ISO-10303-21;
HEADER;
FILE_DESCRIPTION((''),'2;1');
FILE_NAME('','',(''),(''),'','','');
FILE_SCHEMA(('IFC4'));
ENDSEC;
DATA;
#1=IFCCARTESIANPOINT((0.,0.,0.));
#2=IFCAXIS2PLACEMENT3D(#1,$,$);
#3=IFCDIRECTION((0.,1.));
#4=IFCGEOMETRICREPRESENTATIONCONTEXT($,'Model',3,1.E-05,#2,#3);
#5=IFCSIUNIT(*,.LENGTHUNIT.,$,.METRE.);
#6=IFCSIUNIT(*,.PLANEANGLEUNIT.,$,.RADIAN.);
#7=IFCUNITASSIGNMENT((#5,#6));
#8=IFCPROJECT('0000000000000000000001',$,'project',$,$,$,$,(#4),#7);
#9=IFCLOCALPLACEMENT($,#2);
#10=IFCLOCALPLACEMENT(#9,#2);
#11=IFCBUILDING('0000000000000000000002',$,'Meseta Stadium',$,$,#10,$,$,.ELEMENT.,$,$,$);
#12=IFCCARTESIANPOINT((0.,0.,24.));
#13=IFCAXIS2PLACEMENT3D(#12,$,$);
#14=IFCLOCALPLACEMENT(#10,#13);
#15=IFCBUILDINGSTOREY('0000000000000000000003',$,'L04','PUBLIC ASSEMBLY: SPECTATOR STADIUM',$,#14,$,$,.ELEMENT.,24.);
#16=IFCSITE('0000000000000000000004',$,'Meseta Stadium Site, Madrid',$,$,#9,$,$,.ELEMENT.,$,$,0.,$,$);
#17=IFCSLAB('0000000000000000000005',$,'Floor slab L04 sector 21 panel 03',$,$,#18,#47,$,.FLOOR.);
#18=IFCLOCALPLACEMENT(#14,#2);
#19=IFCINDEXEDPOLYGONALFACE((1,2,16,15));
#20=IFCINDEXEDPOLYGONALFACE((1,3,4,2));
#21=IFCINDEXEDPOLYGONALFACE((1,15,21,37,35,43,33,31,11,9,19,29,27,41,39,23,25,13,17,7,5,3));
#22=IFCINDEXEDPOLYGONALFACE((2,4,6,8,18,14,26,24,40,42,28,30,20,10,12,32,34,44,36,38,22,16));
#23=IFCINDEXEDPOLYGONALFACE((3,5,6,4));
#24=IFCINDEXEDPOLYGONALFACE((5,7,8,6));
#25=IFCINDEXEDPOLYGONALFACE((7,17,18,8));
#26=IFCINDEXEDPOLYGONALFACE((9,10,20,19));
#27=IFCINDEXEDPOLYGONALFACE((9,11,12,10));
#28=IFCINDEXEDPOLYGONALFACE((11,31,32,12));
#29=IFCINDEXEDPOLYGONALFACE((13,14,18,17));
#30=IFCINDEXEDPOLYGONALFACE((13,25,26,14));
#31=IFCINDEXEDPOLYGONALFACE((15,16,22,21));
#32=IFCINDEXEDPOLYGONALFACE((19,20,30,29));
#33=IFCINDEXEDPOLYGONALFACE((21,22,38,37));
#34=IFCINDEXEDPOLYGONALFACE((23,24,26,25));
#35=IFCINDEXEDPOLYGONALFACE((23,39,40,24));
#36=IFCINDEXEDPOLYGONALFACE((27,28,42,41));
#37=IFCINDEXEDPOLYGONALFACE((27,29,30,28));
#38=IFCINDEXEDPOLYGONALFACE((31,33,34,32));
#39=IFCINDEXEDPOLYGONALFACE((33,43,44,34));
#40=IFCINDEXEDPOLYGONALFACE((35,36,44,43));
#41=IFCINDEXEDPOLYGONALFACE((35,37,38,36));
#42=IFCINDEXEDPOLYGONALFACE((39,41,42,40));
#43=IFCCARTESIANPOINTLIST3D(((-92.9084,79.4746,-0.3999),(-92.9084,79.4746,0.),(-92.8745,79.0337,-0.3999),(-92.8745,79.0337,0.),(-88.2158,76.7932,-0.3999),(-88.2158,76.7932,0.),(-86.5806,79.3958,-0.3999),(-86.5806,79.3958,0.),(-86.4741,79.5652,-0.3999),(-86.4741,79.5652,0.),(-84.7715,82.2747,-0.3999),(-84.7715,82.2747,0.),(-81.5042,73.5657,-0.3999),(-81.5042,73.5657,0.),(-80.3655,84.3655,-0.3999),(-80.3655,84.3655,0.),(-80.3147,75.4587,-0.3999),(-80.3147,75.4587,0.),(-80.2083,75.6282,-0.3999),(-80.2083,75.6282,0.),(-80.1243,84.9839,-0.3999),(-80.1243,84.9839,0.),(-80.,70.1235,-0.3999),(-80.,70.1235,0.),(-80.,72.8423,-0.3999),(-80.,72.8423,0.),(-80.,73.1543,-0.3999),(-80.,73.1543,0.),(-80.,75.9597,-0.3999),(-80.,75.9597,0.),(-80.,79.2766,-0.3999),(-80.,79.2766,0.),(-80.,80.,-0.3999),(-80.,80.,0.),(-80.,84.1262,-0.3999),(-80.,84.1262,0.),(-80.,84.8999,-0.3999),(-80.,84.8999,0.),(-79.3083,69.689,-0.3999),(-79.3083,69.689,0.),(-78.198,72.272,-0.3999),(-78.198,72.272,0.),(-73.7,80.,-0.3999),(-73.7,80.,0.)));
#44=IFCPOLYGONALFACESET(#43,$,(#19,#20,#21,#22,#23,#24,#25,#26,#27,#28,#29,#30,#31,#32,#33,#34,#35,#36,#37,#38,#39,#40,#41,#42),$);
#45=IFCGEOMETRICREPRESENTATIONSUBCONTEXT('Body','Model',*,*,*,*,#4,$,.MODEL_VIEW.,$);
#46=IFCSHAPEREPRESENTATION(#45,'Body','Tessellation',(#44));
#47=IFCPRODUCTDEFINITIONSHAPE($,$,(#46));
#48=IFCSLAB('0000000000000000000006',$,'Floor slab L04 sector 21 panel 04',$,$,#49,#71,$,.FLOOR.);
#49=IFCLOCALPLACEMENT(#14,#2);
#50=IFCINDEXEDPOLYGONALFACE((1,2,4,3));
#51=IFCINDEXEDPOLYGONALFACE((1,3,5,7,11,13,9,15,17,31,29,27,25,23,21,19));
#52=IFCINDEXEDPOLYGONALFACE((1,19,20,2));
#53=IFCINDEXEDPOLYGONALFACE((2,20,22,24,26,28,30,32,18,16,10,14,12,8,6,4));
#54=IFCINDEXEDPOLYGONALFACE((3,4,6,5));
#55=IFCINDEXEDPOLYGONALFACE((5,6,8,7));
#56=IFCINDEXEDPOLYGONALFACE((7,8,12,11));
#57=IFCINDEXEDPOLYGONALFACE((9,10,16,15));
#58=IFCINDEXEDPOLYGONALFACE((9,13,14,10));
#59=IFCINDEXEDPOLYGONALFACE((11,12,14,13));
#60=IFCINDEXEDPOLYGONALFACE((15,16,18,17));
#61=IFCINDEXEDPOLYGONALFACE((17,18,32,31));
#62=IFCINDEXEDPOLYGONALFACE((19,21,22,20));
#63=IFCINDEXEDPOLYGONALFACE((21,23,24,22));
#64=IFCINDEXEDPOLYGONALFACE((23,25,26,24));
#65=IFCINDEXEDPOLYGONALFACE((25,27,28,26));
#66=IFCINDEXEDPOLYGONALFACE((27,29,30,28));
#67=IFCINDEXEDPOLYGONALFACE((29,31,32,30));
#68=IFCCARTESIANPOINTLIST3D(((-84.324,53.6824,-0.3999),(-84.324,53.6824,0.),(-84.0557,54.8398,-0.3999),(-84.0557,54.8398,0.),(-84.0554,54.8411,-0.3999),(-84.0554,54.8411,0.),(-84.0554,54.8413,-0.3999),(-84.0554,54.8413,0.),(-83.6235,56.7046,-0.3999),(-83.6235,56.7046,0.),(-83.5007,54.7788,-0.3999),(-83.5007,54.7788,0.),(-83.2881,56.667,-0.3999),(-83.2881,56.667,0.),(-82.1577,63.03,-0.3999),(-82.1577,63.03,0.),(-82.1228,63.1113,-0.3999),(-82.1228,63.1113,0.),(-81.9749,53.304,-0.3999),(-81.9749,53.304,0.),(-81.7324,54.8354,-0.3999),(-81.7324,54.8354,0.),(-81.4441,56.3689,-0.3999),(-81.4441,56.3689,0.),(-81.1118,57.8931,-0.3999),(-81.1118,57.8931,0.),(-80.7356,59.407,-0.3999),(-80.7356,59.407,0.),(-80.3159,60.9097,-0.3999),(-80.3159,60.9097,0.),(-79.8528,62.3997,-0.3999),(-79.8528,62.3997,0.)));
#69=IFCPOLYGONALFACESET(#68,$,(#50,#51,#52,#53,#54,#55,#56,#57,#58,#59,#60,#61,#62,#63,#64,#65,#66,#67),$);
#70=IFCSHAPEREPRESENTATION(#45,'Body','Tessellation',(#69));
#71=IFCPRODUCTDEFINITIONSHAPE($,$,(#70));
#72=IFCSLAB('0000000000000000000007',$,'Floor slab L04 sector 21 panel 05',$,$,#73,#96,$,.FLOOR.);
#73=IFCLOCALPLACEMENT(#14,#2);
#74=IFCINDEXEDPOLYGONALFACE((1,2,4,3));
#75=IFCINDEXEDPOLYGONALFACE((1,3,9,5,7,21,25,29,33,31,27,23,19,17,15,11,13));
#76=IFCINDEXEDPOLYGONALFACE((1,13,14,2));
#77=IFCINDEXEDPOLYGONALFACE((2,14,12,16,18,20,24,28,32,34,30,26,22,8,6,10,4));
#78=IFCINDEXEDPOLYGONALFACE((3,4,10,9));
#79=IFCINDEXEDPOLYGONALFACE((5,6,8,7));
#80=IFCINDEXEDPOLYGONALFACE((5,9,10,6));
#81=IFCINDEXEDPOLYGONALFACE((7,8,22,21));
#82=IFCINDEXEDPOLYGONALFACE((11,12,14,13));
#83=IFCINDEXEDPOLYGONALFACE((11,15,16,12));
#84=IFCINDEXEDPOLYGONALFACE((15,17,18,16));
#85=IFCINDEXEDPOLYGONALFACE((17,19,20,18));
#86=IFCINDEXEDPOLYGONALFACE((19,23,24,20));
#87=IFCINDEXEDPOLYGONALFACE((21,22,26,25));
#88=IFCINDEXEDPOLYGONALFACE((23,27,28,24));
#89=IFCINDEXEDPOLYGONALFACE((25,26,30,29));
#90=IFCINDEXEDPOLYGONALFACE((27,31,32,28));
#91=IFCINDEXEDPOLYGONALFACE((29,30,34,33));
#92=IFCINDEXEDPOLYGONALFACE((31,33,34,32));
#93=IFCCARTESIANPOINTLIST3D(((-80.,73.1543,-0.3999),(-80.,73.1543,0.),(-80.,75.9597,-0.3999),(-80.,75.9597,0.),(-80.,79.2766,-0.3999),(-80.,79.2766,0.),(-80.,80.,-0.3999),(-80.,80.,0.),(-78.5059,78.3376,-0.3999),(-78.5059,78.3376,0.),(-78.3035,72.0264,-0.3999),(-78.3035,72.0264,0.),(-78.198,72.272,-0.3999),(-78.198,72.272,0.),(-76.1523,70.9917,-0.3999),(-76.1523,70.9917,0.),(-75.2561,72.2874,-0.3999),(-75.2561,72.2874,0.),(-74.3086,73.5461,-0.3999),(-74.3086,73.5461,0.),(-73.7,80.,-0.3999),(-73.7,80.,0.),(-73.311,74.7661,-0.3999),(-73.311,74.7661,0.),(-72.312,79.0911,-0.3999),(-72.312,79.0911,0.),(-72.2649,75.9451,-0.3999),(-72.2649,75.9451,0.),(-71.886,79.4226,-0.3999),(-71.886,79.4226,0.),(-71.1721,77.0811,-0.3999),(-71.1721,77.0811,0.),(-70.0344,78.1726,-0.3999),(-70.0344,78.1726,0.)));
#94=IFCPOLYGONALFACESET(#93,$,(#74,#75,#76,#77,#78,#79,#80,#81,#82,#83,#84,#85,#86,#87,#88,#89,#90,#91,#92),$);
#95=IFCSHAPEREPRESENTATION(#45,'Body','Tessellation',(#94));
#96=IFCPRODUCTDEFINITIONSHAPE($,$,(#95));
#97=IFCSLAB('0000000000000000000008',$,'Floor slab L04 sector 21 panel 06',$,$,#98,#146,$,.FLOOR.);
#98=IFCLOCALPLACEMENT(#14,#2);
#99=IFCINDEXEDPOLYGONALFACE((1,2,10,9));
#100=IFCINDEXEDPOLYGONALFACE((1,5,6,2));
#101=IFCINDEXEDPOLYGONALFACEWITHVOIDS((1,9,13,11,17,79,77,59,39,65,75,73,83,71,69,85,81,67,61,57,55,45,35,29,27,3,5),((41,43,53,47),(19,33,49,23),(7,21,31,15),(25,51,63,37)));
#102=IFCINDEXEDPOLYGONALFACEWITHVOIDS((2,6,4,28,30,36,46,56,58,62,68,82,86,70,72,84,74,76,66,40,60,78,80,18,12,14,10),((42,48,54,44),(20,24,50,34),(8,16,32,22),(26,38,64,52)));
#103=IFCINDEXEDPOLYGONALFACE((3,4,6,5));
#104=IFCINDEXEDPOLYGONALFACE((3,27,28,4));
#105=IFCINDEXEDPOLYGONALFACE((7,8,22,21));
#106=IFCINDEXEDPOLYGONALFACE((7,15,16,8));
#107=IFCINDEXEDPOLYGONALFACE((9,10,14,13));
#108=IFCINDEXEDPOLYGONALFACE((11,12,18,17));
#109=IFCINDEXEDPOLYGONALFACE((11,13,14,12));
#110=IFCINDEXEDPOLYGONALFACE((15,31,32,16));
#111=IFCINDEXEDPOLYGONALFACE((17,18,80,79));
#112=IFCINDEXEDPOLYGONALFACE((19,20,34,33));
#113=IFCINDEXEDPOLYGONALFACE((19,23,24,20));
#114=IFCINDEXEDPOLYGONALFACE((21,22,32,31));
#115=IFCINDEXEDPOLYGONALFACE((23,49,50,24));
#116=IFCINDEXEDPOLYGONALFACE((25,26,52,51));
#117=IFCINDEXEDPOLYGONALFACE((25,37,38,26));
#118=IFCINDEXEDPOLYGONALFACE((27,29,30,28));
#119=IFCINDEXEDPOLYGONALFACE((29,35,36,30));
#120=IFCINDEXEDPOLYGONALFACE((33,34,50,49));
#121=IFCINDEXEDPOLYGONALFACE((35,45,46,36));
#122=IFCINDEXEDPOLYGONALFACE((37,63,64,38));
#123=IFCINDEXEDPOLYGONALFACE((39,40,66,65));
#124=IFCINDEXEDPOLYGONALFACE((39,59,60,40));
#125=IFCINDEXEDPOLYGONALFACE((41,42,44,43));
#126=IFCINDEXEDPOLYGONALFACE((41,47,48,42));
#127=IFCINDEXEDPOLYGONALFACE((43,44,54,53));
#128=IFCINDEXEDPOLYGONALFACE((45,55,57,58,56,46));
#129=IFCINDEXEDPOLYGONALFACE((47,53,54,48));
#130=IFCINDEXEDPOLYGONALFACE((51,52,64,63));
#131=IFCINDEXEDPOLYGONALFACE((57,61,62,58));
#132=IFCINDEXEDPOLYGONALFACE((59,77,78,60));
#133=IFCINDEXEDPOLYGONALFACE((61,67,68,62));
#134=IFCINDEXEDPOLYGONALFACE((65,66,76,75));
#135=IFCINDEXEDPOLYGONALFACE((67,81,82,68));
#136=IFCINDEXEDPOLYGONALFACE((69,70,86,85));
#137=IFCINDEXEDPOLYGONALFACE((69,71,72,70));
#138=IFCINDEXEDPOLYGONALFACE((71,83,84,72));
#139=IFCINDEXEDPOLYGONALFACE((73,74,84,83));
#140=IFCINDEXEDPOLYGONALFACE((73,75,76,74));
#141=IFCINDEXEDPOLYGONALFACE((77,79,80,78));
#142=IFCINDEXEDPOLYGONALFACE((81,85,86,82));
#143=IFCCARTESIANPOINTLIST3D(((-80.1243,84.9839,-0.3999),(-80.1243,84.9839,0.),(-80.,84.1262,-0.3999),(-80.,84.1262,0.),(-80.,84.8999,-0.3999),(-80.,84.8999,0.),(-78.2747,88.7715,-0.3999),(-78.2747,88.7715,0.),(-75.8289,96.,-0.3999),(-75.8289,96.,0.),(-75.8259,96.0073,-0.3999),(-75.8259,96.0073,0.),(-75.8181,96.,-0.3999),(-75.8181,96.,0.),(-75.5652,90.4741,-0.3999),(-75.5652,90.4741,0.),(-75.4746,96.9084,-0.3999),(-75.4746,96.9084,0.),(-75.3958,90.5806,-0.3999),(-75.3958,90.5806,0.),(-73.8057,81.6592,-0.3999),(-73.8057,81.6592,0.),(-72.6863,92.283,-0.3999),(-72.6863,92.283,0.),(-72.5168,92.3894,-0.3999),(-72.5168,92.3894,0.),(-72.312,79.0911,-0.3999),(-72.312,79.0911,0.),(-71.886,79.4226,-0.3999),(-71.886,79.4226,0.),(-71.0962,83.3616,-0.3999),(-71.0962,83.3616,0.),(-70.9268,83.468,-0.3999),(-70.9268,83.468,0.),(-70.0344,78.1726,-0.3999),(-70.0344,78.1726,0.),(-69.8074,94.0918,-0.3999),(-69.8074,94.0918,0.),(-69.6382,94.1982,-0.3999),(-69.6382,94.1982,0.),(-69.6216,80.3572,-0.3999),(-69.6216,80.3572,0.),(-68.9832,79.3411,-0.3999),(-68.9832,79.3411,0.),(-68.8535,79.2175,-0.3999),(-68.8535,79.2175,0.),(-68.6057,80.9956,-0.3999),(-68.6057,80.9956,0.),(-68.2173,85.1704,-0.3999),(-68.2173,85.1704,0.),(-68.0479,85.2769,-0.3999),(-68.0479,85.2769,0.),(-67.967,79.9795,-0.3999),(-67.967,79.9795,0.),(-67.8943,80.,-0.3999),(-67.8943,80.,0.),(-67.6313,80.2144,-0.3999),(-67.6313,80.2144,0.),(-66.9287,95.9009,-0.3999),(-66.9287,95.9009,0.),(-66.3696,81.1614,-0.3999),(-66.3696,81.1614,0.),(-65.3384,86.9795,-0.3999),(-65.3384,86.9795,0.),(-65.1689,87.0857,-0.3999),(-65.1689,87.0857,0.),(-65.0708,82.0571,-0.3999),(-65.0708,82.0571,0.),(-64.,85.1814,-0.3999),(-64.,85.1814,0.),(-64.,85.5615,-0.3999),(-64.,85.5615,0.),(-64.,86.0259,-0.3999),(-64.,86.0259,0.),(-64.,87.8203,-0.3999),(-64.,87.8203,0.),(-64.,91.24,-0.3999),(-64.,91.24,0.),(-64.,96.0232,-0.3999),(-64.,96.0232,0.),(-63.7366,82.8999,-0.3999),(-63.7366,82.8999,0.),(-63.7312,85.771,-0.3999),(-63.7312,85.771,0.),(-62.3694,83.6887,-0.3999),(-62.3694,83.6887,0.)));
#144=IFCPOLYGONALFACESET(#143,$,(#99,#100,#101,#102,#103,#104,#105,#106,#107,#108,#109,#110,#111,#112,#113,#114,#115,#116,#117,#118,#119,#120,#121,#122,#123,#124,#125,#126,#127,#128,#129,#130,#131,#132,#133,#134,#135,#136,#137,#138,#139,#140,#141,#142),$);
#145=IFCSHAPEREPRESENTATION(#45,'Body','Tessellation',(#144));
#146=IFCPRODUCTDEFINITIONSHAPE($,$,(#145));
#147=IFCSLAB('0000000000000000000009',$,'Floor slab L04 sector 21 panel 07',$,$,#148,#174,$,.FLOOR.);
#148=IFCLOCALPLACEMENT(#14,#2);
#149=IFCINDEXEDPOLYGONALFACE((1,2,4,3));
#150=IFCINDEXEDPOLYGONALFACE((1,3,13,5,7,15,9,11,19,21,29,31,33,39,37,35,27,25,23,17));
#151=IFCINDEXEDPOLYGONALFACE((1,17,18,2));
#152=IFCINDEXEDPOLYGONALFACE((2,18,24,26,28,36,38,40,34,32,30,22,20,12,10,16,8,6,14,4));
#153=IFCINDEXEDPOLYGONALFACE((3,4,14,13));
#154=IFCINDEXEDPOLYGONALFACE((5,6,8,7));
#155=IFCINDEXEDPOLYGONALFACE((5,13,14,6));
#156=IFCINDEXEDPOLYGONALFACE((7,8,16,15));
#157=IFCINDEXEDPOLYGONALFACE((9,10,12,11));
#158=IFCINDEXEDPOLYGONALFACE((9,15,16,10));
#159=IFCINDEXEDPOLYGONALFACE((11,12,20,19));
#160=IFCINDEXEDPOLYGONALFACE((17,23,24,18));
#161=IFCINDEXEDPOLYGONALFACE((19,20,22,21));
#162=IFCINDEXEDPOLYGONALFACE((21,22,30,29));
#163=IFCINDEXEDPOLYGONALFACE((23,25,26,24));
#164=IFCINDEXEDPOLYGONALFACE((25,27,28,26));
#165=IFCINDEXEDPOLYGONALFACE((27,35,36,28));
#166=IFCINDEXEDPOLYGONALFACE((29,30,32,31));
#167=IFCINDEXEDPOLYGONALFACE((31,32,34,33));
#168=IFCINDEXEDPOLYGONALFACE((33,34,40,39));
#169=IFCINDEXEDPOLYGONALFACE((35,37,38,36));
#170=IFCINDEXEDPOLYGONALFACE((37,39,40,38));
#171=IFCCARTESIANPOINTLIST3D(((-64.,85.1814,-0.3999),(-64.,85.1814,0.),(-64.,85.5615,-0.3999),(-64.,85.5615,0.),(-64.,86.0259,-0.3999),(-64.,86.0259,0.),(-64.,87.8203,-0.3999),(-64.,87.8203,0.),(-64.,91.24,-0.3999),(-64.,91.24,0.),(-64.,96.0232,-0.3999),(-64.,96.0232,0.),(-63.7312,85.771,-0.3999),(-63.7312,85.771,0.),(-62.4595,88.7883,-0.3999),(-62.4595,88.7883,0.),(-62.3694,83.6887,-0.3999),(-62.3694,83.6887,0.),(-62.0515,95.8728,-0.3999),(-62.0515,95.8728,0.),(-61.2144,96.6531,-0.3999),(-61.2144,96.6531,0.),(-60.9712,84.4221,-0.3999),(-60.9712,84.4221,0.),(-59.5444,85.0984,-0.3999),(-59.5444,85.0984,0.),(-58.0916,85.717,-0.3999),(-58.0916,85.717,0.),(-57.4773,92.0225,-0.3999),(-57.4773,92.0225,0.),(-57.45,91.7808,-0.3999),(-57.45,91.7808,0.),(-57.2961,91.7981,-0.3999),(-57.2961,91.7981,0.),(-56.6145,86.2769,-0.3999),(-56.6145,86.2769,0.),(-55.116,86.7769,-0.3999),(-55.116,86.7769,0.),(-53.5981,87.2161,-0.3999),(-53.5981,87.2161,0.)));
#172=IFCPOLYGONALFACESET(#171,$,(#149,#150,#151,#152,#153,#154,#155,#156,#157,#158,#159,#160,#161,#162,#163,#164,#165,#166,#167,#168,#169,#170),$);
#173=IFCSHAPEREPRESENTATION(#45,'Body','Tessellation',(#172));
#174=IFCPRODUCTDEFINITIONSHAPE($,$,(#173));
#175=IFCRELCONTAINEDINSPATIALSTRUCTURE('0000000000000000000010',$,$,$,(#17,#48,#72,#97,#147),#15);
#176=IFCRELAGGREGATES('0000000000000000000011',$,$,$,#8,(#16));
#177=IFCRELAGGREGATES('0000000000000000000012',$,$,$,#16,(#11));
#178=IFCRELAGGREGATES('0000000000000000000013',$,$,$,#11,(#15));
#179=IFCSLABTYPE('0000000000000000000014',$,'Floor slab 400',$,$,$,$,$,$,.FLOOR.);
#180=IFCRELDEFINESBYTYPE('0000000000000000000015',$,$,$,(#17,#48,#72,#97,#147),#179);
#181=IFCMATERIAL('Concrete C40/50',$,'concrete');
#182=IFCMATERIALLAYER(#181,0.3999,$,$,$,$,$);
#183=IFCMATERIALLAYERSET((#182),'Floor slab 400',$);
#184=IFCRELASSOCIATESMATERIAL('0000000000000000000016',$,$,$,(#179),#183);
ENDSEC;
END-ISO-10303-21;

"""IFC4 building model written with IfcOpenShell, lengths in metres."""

from ifc_helpers import new_model, si_unit, direction, frame, origin, place, context, subcontext, project, spatial, polyline, outline, extrude, material, layer, layer_set, type_object, element, save


model = new_model("IFC4")

# Units and contexts
model_context = context("Model", 3, precision=1e-05, world=origin(), true_north=direction((0.0, 1.0)))
body_context = subcontext(model_context, "Body", "Model", "MODEL_VIEW")
ifc_project = project(units=[si_unit("LENGTHUNIT", "METRE"), si_unit("PLANEANGLEUNIT", "RADIAN")], contexts=[model_context])

# Site, building, storey
site_placement = place(None, origin())
site = spatial("IfcSite", under=ifc_project, at=site_placement, Name="Meseta Stadium Site, Madrid", CompositionType="ELEMENT", RefElevation=0.0)
building_placement = place(site_placement, origin())
building = spatial("IfcBuilding", under=site, at=building_placement, Name="Meseta Stadium", CompositionType="ELEMENT")
storey_placement = place(building_placement, frame((0.0, 0.0, 24.0)))
storey = spatial("IfcBuildingStorey", under=building, at=storey_placement, Name="L04", Description="PUBLIC ASSEMBLY: SPECTATOR STADIUM", CompositionType="ELEMENT", Elevation=24.0)

# Slabs
ifc_material = material(Name="Concrete C40/50", Category="concrete")
ifc_layer = layer(ifc_material, 0.3999)
ifc_layer_set = layer_set([ifc_layer], Name="Floor slab 400")
slab_type = type_object("IfcSlabType", Name="Floor slab 400", PredefinedType="FLOOR", material=ifc_layer_set)
slab_1_placement = place(storey_placement, frame((0.0, 0.0, -0.3999)))
element("IfcSlab", 1, at=slab_1_placement, inside=storey, type_object=slab_type, Name="Floor slab L04 sector 21 panel 03", PredefinedType="FLOOR", context=body_context, shape_type="SweptSolid", body=[
    extrude(outline(polyline([(-80.1243, 84.9839), (-80.3655, 84.3655), (-92.9084, 79.4746), (-92.8745, 79.0337), (-88.2158, 76.7932), (-86.5806, 79.3958), (-80.3147, 75.4587), (-81.5042, 73.5657), (-80.0, 72.8423), (-80.0, 70.1235), (-79.3083, 69.689), (-78.198, 72.272), (-80.0, 73.1543), (-80.0, 75.9597), (-80.2083, 75.6282), (-86.4741, 79.5652), (-84.7715, 82.2747), (-80.0, 79.2766), (-80.0, 80.0), (-73.7, 80.0), (-80.0, 84.1262), (-80.0, 84.8999), (-80.1243, 84.9839)])), origin(), (0.0, 0.0, 1.0), 0.3999),
])
slab_2_placement = place(storey_placement, frame((0.0, 0.0, -0.3999)))
element("IfcSlab", 2, at=slab_2_placement, inside=storey, type_object=slab_type, Name="Floor slab L04 sector 21 panel 04", PredefinedType="FLOOR", context=body_context, shape_type="SweptSolid", body=[
    extrude(outline(polyline([(-79.8528, 62.3997), (-82.1228, 63.1113), (-82.1577, 63.03), (-83.6235, 56.7046), (-83.2881, 56.667), (-83.5007, 54.7788), (-84.0554, 54.8413), (-84.0554, 54.8411), (-84.0557, 54.8398), (-84.324, 53.6824), (-81.9749, 53.304), (-81.7324, 54.8354), (-81.4441, 56.3689), (-81.1118, 57.8931), (-80.7356, 59.407), (-80.3159, 60.9097), (-79.8528, 62.3997)])), origin(), (0.0, 0.0, 1.0), 0.3999),
])
slab_3_placement = place(storey_placement, frame((0.0, 0.0, -0.3999)))
element("IfcSlab", 3, at=slab_3_placement, inside=storey, type_object=slab_type, Name="Floor slab L04 sector 21 panel 05", PredefinedType="FLOOR", context=body_context, shape_type="SweptSolid", body=[
    extrude(outline(polyline([(-73.7, 80.0), (-80.0, 80.0), (-80.0, 79.2766), (-78.5059, 78.3376), (-80.0, 75.9597), (-80.0, 73.1543), (-78.198, 72.272), (-78.3035, 72.0264), (-76.1523, 70.9917), (-75.2561, 72.2874), (-74.3086, 73.5461), (-73.311, 74.7661), (-72.2649, 75.9451), (-71.1721, 77.0811), (-70.0344, 78.1726), (-71.886, 79.4226), (-72.312, 79.0911), (-73.7, 80.0)])), origin(), (0.0, 0.0, 1.0), 0.3999),
])
slab_4_placement = place(storey_placement, frame((0.0, 0.0, -0.3999)))
element("IfcSlab", 4, at=slab_4_placement, inside=storey, type_object=slab_type, Name="Floor slab L04 sector 21 panel 06", PredefinedType="FLOOR", context=body_context, shape_type="SweptSolid", body=[
    extrude(outline(polyline([(-75.8259, 96.0073), (-75.8181, 96.0), (-75.8289, 96.0), (-80.1243, 84.9839), (-80.0, 84.8999), (-80.0, 84.1262), (-72.312, 79.0911), (-71.886, 79.4226), (-70.0344, 78.1726), (-68.8535, 79.2175), (-67.8943, 80.0), (-67.6313, 80.2144), (-66.3696, 81.1614), (-65.0708, 82.0571), (-63.7366, 82.8999), (-62.3694, 83.6887), (-64.0, 85.1814), (-64.0, 85.5615), (-63.7312, 85.771), (-64.0, 86.0259), (-64.0, 87.8203), (-65.1689, 87.0857), (-69.6382, 94.1982), (-66.9287, 95.9009), (-64.0, 91.24), (-64.0, 96.0232), (-75.4746, 96.9084), (-75.8259, 96.0073)]), holes=[polyline([(-69.6216, 80.3572), (-68.6057, 80.9956), (-67.967, 79.9795), (-68.9832, 79.3411), (-69.6216, 80.3572)]), polyline([(-65.3384, 86.9795), (-68.0479, 85.2769), (-72.5168, 92.3894), (-69.8074, 94.0918), (-65.3384, 86.9795)]), polyline([(-71.0962, 83.3616), (-73.8057, 81.6592), (-78.2747, 88.7715), (-75.5652, 90.4741), (-71.0962, 83.3616)]), polyline([(-68.2173, 85.1704), (-70.9268, 83.468), (-75.3958, 90.5806), (-72.6863, 92.283), (-68.2173, 85.1704)])]), origin(), (0.0, 0.0, 1.0), 0.3999),
])
slab_5_placement = place(storey_placement, frame((0.0, 0.0, -0.3999)))
element("IfcSlab", 5, at=slab_5_placement, inside=storey, type_object=slab_type, Name="Floor slab L04 sector 21 panel 07", PredefinedType="FLOOR", context=body_context, shape_type="SweptSolid", body=[
    extrude(outline(polyline([(-62.0515, 95.8728), (-64.0, 96.0232), (-64.0, 91.24), (-62.4595, 88.7883), (-64.0, 87.8203), (-64.0, 86.0259), (-63.7312, 85.771), (-64.0, 85.5615), (-64.0, 85.1814), (-62.3694, 83.6887), (-60.9712, 84.4221), (-59.5444, 85.0984), (-58.0916, 85.717), (-56.6145, 86.2769), (-55.116, 86.7769), (-53.5981, 87.2161), (-57.2961, 91.7981), (-57.45, 91.7808), (-57.4773, 92.0225), (-61.2144, 96.6531), (-62.0515, 95.8728)])), origin(), (0.0, 0.0, 1.0), 0.3999),
])

save(model, "model.ifc")
